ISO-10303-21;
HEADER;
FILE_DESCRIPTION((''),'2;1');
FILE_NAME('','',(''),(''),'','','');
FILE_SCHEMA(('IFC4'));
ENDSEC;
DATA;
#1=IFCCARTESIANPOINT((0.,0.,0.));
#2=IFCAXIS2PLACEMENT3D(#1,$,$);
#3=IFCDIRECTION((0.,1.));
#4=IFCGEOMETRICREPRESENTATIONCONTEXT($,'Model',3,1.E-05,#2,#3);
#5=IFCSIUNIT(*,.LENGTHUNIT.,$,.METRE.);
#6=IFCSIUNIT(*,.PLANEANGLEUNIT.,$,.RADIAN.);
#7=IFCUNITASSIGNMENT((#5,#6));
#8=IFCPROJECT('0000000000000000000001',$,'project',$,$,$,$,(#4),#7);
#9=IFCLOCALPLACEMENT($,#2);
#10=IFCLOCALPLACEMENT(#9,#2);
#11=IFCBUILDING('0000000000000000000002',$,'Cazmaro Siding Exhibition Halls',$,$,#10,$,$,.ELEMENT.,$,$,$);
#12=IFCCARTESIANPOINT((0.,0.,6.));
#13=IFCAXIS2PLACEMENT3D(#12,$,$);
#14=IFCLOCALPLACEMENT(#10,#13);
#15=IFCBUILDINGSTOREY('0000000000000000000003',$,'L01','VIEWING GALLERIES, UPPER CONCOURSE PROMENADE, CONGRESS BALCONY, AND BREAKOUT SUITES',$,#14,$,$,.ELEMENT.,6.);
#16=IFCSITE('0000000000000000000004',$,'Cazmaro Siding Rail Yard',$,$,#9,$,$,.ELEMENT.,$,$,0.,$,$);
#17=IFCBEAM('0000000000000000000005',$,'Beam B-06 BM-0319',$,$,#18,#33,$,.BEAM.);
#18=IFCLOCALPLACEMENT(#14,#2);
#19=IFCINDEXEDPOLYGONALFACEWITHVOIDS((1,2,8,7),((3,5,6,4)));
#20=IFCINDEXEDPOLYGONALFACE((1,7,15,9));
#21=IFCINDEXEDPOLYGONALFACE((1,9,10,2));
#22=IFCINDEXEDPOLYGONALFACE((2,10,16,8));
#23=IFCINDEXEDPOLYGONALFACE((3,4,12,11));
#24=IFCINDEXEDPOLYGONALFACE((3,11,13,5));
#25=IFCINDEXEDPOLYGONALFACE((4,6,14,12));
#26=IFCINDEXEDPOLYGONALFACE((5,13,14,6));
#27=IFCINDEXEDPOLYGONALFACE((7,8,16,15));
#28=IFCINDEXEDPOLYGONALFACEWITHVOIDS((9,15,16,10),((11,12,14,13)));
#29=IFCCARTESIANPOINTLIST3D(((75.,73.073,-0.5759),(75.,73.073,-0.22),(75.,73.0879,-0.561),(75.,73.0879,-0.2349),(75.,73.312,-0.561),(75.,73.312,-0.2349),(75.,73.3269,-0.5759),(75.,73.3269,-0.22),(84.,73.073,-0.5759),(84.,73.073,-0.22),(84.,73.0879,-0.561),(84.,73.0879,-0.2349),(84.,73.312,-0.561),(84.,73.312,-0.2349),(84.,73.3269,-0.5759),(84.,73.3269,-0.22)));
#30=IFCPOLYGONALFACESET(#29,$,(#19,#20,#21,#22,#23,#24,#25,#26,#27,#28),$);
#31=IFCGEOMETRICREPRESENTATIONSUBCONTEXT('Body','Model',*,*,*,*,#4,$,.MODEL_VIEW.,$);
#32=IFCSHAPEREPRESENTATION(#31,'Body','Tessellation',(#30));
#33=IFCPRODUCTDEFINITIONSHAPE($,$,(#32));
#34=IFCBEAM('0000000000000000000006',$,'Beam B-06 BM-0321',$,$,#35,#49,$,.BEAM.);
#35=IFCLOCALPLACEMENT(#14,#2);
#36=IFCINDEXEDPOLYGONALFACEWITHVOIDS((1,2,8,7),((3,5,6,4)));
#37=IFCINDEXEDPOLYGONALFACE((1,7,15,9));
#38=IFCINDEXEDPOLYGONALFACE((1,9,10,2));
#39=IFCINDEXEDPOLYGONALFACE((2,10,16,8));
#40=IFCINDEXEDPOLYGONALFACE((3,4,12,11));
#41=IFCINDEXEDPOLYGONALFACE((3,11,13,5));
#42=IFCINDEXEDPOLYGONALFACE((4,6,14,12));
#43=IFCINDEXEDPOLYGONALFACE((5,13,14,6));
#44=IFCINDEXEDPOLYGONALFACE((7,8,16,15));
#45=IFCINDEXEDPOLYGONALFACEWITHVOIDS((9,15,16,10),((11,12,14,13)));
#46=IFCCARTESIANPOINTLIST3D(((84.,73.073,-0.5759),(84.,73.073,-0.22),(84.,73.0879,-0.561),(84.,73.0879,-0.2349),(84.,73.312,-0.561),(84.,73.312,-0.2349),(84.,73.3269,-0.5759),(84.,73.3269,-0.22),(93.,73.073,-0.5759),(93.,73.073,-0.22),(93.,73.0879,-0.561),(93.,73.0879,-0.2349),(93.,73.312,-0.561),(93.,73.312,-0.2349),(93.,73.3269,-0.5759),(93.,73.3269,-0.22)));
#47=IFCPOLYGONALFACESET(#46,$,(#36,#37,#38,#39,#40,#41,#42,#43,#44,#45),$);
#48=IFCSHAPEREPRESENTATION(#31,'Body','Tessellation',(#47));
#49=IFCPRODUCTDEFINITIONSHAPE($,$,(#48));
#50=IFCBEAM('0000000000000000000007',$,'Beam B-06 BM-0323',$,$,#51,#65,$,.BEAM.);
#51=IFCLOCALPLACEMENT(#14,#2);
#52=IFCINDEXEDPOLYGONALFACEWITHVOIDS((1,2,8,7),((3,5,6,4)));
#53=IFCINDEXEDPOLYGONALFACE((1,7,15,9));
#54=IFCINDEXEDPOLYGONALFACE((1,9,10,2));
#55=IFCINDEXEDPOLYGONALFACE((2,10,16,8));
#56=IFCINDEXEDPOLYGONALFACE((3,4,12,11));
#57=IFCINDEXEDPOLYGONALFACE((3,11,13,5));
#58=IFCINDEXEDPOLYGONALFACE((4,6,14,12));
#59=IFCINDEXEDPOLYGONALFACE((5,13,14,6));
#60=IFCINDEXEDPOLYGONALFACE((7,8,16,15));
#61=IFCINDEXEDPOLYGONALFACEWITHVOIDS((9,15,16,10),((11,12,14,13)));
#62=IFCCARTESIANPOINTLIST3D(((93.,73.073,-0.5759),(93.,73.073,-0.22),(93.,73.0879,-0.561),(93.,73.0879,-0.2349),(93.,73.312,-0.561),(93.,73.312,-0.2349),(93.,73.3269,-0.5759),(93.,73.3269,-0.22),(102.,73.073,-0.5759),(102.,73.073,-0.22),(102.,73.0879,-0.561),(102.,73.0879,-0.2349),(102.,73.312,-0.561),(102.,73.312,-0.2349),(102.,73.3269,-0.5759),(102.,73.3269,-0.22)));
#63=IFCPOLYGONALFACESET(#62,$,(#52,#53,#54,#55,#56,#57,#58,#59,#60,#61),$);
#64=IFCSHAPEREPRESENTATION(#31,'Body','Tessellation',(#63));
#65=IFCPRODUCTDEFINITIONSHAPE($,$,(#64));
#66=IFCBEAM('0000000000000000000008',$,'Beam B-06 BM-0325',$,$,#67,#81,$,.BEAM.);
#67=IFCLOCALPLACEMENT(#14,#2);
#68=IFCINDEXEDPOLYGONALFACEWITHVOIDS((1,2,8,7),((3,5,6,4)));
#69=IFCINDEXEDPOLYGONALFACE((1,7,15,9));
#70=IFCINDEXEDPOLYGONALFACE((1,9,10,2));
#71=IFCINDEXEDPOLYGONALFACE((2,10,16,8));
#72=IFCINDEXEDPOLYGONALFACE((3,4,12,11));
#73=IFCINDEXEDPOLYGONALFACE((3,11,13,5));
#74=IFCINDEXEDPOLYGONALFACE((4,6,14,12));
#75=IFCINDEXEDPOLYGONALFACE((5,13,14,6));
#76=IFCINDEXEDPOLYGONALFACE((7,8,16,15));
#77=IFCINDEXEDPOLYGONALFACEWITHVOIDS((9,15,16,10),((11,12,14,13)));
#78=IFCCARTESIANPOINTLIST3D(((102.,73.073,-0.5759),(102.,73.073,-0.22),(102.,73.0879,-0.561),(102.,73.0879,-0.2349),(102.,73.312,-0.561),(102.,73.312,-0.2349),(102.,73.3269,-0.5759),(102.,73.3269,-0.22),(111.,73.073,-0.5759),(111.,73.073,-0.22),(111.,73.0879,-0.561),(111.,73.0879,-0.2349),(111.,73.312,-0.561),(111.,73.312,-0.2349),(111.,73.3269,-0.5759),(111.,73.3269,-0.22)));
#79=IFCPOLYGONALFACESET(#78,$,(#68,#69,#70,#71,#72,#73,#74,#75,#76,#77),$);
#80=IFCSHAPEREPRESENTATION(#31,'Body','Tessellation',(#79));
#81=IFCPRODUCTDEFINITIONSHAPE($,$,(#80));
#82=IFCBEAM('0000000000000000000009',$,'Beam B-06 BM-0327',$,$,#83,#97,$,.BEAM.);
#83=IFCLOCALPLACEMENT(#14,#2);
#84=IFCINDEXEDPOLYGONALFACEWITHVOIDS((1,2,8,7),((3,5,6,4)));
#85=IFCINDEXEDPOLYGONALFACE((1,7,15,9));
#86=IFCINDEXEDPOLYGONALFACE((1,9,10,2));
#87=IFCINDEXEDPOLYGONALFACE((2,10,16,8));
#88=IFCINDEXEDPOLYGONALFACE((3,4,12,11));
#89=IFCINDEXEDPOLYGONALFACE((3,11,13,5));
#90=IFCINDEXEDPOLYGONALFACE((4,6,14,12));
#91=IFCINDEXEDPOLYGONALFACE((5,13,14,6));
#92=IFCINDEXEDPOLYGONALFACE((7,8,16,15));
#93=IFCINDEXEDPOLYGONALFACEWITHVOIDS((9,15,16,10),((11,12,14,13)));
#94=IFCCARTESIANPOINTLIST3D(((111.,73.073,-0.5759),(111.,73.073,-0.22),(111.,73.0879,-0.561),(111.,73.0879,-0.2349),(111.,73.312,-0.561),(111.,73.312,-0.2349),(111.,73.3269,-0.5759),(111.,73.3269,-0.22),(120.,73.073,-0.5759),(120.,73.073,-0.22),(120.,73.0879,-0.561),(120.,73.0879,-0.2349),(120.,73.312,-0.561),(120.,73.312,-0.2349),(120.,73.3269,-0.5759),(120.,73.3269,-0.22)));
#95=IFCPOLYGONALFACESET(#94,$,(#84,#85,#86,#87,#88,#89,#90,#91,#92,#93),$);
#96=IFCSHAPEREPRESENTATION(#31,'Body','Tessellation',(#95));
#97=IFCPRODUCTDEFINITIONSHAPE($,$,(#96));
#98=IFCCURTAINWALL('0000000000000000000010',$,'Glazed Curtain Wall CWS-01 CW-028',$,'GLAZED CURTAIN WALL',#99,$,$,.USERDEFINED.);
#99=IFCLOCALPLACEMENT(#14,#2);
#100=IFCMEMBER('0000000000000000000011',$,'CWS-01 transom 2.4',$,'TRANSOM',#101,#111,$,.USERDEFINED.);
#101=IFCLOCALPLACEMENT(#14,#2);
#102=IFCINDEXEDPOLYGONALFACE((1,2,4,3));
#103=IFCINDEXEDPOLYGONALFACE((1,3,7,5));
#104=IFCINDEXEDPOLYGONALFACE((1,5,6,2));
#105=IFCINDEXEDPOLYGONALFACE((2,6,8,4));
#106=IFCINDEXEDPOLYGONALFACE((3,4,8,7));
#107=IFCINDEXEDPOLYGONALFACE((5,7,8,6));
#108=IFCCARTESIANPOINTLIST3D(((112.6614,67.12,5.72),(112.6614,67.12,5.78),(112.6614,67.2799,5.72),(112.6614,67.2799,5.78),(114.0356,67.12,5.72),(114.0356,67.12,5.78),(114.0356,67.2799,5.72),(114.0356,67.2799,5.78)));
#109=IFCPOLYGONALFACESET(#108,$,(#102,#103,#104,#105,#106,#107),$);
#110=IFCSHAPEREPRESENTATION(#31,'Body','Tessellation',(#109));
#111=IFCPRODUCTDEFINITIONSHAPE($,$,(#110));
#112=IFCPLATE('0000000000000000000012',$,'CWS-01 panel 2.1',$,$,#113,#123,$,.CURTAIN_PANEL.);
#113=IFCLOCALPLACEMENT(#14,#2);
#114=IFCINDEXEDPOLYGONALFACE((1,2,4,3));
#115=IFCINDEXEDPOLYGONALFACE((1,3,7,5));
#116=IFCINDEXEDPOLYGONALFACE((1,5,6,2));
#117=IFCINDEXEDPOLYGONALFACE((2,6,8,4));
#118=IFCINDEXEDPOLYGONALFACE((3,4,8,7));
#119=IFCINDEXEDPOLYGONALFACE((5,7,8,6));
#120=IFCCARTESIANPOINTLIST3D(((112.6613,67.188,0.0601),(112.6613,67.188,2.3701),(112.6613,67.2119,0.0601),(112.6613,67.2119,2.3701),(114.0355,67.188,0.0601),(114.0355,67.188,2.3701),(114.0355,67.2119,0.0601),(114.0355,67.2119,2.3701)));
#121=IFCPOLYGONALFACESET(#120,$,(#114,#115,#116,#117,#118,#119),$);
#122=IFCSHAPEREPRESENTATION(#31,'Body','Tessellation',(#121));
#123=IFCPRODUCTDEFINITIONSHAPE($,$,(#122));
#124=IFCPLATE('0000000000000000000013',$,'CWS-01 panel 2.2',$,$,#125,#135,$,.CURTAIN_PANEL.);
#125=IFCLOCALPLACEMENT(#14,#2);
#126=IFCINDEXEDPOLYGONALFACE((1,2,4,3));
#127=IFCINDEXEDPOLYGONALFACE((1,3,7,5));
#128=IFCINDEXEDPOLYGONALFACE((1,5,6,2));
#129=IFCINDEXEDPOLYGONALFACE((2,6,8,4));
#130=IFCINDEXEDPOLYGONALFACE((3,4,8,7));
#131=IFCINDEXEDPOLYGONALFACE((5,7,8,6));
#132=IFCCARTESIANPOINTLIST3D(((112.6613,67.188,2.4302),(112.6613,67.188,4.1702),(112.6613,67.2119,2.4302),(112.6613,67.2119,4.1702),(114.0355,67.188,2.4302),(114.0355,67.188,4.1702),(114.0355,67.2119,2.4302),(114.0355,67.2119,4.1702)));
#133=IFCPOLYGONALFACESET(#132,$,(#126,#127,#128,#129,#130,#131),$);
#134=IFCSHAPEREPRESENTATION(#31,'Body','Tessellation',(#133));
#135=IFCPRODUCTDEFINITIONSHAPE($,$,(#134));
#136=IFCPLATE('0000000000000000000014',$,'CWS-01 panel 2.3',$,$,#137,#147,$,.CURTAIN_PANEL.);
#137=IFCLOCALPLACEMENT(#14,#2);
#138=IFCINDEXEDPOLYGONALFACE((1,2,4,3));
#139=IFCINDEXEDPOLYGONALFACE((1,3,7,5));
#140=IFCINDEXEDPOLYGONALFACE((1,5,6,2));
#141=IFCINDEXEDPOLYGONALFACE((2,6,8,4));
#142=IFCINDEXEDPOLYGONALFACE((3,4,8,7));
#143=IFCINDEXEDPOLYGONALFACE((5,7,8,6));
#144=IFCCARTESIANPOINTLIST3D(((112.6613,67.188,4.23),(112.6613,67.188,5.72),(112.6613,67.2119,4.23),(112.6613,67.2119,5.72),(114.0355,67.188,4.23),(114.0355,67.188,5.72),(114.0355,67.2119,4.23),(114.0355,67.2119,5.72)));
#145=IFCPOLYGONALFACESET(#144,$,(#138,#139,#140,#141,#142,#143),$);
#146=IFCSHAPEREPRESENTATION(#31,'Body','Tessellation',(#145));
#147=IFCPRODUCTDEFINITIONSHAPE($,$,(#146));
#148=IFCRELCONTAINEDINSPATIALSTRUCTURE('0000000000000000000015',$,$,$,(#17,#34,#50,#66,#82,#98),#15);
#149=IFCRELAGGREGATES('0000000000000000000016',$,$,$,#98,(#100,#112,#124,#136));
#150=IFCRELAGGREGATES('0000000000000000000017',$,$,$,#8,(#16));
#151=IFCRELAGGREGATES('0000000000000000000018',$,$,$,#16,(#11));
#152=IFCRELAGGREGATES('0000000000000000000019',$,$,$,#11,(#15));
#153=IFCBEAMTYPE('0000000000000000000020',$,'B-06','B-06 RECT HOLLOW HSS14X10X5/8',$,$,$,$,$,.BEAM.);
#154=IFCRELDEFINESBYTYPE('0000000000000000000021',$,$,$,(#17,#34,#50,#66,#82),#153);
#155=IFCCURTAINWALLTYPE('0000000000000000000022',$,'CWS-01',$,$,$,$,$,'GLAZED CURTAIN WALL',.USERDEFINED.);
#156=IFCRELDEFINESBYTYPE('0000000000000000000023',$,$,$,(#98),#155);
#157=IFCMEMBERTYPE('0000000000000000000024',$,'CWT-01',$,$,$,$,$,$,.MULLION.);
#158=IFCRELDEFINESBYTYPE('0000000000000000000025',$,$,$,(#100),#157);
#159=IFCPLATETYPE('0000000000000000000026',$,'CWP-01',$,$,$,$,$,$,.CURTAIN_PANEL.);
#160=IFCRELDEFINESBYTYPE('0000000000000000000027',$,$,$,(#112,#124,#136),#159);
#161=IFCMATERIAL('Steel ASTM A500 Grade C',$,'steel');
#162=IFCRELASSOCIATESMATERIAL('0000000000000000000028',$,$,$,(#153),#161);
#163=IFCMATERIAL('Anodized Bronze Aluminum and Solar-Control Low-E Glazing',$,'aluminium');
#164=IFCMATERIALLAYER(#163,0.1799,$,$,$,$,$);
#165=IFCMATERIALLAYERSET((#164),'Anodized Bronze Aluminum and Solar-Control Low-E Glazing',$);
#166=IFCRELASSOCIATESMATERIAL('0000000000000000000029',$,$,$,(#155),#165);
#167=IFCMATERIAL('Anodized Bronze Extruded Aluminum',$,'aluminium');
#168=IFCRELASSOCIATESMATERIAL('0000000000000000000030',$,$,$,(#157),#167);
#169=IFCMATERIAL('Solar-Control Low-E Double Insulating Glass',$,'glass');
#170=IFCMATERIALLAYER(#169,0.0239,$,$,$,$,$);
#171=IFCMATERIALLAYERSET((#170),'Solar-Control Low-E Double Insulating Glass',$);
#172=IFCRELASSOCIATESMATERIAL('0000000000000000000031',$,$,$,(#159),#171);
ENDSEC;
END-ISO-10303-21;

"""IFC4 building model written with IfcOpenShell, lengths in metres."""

from ifc_helpers import new_model, si_unit, direction, frame, origin, origin_2d, place, context, subcontext, project, spatial, rectangle, hollow_rectangle, extrude, material, layer, layer_set, material_profile, profile_set, type_object, element, aggregate, save


model = new_model("IFC4")

# Units and contexts
model_context = context("Model", 3, precision=1e-05, world=origin(), true_north=direction((0.0, 1.0)))
body_context = subcontext(model_context, "Body", "Model", "MODEL_VIEW")
ifc_project = project(units=[si_unit("LENGTHUNIT", "METRE"), si_unit("PLANEANGLEUNIT", "RADIAN")], contexts=[model_context])

# Site, building, storey
site_placement = place(None, origin())
site = spatial("IfcSite", under=ifc_project, at=site_placement, Name="Cazmaro Siding Rail Yard", CompositionType="ELEMENT", RefElevation=0.0)
building_placement = place(site_placement, origin())
building = spatial("IfcBuilding", under=site, at=building_placement, Name="Cazmaro Siding Exhibition Halls", CompositionType="ELEMENT")
storey_placement = place(building_placement, frame((0.0, 0.0, 6.0)))
storey = spatial("IfcBuildingStorey", under=building, at=storey_placement, Name="L01", Description="VIEWING GALLERIES, UPPER CONCOURSE PROMENADE, CONGRESS BALCONY, AND BREAKOUT SUITES", CompositionType="ELEMENT", Elevation=6.0)

# Beams
ifc_material_1 = material(Name="Steel ASTM A500 Grade C", Category="steel")
ifc_material_profile_1 = material_profile(ifc_material_1, hollow_rectangle(XDim=0.2539, YDim=0.356, WallThickness=0.0149, at=origin_2d()), Name="HSS14X10X5/8")
ifc_profile_set_1 = profile_set([ifc_material_profile_1], Name="Steel ASTM A500 Grade C")
beam_type_1 = type_object("IfcBeamType", Name="B-06", Description="B-06 RECT HOLLOW HSS14X10X5/8", PredefinedType="BEAM", material=ifc_profile_set_1)
for number, where, z_axis, x_axis, name in (
    (1, (75.0, 73.2, -0.3979), (1.0, 0.0, 0.0), (0.0, 1.0, 0.0), "Beam B-06 BM-0319"),
    (2, (84.0, 73.2, -0.3979), (1.0, 0.0, 0.0), (0.0, 1.0, 0.0), "Beam B-06 BM-0321"),
    (3, (93.0, 73.2, -0.3979), (1.0, 0.0, 0.0), (0.0, 1.0, 0.0), "Beam B-06 BM-0323"),
    (4, (102.0, 73.2, -0.3979), (1.0, 0.0, 0.0), (0.0, 1.0, 0.0), "Beam B-06 BM-0325"),
    (5, (111.0, 73.2, -0.3979), (1.0, 0.0, 0.0), (0.0, 1.0, 0.0), "Beam B-06 BM-0327"),
):
    element("IfcBeam", number, at=place(storey_placement, frame(where, z_axis=z_axis, x_axis=x_axis)), inside=storey, type_object=beam_type_1, Name=name, PredefinedType="BEAM", context=body_context, shape_type="SweptSolid", body=[
        extrude(hollow_rectangle(XDim=0.2539, YDim=0.356, WallThickness=0.0149, at=origin_2d()), origin(), (0.0, 0.0, 1.0), 9.0),
    ])

# Curtain wall, member, plates
ifc_material_2 = material(Name="Anodized Bronze Aluminum and Solar-Control Low-E Glazing", Category="aluminium")
ifc_layer_1 = layer(ifc_material_2, 0.1799)
ifc_layer_set_1 = layer_set([ifc_layer_1], Name="Anodized Bronze Aluminum and Solar-Control Low-E Glazing")
curtain_wall_type = type_object("IfcCurtainWallType", Name="CWS-01", ElementType="GLAZED CURTAIN WALL", PredefinedType="USERDEFINED", material=ifc_layer_set_1)
curtain_wall_placement = place(storey_placement, origin())
curtain_wall = element("IfcCurtainWall", 6, at=curtain_wall_placement, inside=storey, type_object=curtain_wall_type, Name="Glazed Curtain Wall CWS-01 CW-028", ObjectType="GLAZED CURTAIN WALL", PredefinedType="USERDEFINED")
ifc_material_3 = material(Name="Anodized Bronze Extruded Aluminum", Category="aluminium")
ifc_material_profile_2 = material_profile(ifc_material_3, rectangle(XDim=0.1599, YDim=0.0601, at=origin_2d()), Name="CWT-01")
ifc_profile_set_2 = profile_set([ifc_material_profile_2], Name="Anodized Bronze Extruded Aluminum")
member_type = type_object("IfcMemberType", Name="CWT-01", PredefinedType="MULLION", material=ifc_profile_set_2)
member_placement = place(storey_placement, frame((112.6614, 67.2, 5.75), z_axis=(1.0, 0.0, 0.0), x_axis=(0.0, 1.0, 0.0)))
member = element("IfcMember", 7, at=member_placement, type_object=member_type, Name="CWS-01 transom 2.4", ObjectType="TRANSOM", PredefinedType="USERDEFINED", context=body_context, shape_type="SweptSolid", body=[
    extrude(rectangle(XDim=0.1599, YDim=0.0601, at=origin_2d()), origin(), (0.0, 0.0, 1.0), 1.3743),
])
ifc_material_4 = material(Name="Solar-Control Low-E Double Insulating Glass", Category="glass")
ifc_layer_2 = layer(ifc_material_4, 0.0239)
ifc_layer_set_2 = layer_set([ifc_layer_2], Name="Solar-Control Low-E Double Insulating Glass")
plate_type = type_object("IfcPlateType", Name="CWP-01", PredefinedType="CURTAIN_PANEL", material=ifc_layer_set_2)
plate_1_placement = place(storey_placement, frame((113.3484, 67.2, 0.0601), z_axis=(0.0, 0.0, 1.0), x_axis=(1.0, 0.0, 0.0)))
plate_1 = element("IfcPlate", 8, at=plate_1_placement, type_object=plate_type, Name="CWS-01 panel 2.1", PredefinedType="CURTAIN_PANEL", context=body_context, shape_type="SweptSolid", body=[
    extrude(rectangle(XDim=1.3743, YDim=0.0239, at=origin_2d()), origin(), (0.0, 0.0, 1.0), 2.3101),
])
plate_2_placement = place(storey_placement, frame((113.3484, 67.2, 2.4302), z_axis=(0.0, 0.0, 1.0), x_axis=(1.0, 0.0, 0.0)))
plate_2 = element("IfcPlate", 9, at=plate_2_placement, type_object=plate_type, Name="CWS-01 panel 2.2", PredefinedType="CURTAIN_PANEL", context=body_context, shape_type="SweptSolid", body=[
    extrude(rectangle(XDim=1.3743, YDim=0.0239, at=origin_2d()), origin(), (0.0, 0.0, 1.0), 1.74),
])
plate_3_placement = place(storey_placement, frame((113.3484, 67.2, 4.23), z_axis=(0.0, 0.0, 1.0), x_axis=(1.0, 0.0, 0.0)))
plate_3 = element("IfcPlate", 10, at=plate_3_placement, type_object=plate_type, Name="CWS-01 panel 2.3", PredefinedType="CURTAIN_PANEL", context=body_context, shape_type="SweptSolid", body=[
    extrude(rectangle(XDim=1.3743, YDim=0.0239, at=origin_2d()), origin(), (0.0, 0.0, 1.0), 1.49),
])
aggregate(curtain_wall, [member, plate_1, plate_2, plate_3])

save(model, "model.ifc")
